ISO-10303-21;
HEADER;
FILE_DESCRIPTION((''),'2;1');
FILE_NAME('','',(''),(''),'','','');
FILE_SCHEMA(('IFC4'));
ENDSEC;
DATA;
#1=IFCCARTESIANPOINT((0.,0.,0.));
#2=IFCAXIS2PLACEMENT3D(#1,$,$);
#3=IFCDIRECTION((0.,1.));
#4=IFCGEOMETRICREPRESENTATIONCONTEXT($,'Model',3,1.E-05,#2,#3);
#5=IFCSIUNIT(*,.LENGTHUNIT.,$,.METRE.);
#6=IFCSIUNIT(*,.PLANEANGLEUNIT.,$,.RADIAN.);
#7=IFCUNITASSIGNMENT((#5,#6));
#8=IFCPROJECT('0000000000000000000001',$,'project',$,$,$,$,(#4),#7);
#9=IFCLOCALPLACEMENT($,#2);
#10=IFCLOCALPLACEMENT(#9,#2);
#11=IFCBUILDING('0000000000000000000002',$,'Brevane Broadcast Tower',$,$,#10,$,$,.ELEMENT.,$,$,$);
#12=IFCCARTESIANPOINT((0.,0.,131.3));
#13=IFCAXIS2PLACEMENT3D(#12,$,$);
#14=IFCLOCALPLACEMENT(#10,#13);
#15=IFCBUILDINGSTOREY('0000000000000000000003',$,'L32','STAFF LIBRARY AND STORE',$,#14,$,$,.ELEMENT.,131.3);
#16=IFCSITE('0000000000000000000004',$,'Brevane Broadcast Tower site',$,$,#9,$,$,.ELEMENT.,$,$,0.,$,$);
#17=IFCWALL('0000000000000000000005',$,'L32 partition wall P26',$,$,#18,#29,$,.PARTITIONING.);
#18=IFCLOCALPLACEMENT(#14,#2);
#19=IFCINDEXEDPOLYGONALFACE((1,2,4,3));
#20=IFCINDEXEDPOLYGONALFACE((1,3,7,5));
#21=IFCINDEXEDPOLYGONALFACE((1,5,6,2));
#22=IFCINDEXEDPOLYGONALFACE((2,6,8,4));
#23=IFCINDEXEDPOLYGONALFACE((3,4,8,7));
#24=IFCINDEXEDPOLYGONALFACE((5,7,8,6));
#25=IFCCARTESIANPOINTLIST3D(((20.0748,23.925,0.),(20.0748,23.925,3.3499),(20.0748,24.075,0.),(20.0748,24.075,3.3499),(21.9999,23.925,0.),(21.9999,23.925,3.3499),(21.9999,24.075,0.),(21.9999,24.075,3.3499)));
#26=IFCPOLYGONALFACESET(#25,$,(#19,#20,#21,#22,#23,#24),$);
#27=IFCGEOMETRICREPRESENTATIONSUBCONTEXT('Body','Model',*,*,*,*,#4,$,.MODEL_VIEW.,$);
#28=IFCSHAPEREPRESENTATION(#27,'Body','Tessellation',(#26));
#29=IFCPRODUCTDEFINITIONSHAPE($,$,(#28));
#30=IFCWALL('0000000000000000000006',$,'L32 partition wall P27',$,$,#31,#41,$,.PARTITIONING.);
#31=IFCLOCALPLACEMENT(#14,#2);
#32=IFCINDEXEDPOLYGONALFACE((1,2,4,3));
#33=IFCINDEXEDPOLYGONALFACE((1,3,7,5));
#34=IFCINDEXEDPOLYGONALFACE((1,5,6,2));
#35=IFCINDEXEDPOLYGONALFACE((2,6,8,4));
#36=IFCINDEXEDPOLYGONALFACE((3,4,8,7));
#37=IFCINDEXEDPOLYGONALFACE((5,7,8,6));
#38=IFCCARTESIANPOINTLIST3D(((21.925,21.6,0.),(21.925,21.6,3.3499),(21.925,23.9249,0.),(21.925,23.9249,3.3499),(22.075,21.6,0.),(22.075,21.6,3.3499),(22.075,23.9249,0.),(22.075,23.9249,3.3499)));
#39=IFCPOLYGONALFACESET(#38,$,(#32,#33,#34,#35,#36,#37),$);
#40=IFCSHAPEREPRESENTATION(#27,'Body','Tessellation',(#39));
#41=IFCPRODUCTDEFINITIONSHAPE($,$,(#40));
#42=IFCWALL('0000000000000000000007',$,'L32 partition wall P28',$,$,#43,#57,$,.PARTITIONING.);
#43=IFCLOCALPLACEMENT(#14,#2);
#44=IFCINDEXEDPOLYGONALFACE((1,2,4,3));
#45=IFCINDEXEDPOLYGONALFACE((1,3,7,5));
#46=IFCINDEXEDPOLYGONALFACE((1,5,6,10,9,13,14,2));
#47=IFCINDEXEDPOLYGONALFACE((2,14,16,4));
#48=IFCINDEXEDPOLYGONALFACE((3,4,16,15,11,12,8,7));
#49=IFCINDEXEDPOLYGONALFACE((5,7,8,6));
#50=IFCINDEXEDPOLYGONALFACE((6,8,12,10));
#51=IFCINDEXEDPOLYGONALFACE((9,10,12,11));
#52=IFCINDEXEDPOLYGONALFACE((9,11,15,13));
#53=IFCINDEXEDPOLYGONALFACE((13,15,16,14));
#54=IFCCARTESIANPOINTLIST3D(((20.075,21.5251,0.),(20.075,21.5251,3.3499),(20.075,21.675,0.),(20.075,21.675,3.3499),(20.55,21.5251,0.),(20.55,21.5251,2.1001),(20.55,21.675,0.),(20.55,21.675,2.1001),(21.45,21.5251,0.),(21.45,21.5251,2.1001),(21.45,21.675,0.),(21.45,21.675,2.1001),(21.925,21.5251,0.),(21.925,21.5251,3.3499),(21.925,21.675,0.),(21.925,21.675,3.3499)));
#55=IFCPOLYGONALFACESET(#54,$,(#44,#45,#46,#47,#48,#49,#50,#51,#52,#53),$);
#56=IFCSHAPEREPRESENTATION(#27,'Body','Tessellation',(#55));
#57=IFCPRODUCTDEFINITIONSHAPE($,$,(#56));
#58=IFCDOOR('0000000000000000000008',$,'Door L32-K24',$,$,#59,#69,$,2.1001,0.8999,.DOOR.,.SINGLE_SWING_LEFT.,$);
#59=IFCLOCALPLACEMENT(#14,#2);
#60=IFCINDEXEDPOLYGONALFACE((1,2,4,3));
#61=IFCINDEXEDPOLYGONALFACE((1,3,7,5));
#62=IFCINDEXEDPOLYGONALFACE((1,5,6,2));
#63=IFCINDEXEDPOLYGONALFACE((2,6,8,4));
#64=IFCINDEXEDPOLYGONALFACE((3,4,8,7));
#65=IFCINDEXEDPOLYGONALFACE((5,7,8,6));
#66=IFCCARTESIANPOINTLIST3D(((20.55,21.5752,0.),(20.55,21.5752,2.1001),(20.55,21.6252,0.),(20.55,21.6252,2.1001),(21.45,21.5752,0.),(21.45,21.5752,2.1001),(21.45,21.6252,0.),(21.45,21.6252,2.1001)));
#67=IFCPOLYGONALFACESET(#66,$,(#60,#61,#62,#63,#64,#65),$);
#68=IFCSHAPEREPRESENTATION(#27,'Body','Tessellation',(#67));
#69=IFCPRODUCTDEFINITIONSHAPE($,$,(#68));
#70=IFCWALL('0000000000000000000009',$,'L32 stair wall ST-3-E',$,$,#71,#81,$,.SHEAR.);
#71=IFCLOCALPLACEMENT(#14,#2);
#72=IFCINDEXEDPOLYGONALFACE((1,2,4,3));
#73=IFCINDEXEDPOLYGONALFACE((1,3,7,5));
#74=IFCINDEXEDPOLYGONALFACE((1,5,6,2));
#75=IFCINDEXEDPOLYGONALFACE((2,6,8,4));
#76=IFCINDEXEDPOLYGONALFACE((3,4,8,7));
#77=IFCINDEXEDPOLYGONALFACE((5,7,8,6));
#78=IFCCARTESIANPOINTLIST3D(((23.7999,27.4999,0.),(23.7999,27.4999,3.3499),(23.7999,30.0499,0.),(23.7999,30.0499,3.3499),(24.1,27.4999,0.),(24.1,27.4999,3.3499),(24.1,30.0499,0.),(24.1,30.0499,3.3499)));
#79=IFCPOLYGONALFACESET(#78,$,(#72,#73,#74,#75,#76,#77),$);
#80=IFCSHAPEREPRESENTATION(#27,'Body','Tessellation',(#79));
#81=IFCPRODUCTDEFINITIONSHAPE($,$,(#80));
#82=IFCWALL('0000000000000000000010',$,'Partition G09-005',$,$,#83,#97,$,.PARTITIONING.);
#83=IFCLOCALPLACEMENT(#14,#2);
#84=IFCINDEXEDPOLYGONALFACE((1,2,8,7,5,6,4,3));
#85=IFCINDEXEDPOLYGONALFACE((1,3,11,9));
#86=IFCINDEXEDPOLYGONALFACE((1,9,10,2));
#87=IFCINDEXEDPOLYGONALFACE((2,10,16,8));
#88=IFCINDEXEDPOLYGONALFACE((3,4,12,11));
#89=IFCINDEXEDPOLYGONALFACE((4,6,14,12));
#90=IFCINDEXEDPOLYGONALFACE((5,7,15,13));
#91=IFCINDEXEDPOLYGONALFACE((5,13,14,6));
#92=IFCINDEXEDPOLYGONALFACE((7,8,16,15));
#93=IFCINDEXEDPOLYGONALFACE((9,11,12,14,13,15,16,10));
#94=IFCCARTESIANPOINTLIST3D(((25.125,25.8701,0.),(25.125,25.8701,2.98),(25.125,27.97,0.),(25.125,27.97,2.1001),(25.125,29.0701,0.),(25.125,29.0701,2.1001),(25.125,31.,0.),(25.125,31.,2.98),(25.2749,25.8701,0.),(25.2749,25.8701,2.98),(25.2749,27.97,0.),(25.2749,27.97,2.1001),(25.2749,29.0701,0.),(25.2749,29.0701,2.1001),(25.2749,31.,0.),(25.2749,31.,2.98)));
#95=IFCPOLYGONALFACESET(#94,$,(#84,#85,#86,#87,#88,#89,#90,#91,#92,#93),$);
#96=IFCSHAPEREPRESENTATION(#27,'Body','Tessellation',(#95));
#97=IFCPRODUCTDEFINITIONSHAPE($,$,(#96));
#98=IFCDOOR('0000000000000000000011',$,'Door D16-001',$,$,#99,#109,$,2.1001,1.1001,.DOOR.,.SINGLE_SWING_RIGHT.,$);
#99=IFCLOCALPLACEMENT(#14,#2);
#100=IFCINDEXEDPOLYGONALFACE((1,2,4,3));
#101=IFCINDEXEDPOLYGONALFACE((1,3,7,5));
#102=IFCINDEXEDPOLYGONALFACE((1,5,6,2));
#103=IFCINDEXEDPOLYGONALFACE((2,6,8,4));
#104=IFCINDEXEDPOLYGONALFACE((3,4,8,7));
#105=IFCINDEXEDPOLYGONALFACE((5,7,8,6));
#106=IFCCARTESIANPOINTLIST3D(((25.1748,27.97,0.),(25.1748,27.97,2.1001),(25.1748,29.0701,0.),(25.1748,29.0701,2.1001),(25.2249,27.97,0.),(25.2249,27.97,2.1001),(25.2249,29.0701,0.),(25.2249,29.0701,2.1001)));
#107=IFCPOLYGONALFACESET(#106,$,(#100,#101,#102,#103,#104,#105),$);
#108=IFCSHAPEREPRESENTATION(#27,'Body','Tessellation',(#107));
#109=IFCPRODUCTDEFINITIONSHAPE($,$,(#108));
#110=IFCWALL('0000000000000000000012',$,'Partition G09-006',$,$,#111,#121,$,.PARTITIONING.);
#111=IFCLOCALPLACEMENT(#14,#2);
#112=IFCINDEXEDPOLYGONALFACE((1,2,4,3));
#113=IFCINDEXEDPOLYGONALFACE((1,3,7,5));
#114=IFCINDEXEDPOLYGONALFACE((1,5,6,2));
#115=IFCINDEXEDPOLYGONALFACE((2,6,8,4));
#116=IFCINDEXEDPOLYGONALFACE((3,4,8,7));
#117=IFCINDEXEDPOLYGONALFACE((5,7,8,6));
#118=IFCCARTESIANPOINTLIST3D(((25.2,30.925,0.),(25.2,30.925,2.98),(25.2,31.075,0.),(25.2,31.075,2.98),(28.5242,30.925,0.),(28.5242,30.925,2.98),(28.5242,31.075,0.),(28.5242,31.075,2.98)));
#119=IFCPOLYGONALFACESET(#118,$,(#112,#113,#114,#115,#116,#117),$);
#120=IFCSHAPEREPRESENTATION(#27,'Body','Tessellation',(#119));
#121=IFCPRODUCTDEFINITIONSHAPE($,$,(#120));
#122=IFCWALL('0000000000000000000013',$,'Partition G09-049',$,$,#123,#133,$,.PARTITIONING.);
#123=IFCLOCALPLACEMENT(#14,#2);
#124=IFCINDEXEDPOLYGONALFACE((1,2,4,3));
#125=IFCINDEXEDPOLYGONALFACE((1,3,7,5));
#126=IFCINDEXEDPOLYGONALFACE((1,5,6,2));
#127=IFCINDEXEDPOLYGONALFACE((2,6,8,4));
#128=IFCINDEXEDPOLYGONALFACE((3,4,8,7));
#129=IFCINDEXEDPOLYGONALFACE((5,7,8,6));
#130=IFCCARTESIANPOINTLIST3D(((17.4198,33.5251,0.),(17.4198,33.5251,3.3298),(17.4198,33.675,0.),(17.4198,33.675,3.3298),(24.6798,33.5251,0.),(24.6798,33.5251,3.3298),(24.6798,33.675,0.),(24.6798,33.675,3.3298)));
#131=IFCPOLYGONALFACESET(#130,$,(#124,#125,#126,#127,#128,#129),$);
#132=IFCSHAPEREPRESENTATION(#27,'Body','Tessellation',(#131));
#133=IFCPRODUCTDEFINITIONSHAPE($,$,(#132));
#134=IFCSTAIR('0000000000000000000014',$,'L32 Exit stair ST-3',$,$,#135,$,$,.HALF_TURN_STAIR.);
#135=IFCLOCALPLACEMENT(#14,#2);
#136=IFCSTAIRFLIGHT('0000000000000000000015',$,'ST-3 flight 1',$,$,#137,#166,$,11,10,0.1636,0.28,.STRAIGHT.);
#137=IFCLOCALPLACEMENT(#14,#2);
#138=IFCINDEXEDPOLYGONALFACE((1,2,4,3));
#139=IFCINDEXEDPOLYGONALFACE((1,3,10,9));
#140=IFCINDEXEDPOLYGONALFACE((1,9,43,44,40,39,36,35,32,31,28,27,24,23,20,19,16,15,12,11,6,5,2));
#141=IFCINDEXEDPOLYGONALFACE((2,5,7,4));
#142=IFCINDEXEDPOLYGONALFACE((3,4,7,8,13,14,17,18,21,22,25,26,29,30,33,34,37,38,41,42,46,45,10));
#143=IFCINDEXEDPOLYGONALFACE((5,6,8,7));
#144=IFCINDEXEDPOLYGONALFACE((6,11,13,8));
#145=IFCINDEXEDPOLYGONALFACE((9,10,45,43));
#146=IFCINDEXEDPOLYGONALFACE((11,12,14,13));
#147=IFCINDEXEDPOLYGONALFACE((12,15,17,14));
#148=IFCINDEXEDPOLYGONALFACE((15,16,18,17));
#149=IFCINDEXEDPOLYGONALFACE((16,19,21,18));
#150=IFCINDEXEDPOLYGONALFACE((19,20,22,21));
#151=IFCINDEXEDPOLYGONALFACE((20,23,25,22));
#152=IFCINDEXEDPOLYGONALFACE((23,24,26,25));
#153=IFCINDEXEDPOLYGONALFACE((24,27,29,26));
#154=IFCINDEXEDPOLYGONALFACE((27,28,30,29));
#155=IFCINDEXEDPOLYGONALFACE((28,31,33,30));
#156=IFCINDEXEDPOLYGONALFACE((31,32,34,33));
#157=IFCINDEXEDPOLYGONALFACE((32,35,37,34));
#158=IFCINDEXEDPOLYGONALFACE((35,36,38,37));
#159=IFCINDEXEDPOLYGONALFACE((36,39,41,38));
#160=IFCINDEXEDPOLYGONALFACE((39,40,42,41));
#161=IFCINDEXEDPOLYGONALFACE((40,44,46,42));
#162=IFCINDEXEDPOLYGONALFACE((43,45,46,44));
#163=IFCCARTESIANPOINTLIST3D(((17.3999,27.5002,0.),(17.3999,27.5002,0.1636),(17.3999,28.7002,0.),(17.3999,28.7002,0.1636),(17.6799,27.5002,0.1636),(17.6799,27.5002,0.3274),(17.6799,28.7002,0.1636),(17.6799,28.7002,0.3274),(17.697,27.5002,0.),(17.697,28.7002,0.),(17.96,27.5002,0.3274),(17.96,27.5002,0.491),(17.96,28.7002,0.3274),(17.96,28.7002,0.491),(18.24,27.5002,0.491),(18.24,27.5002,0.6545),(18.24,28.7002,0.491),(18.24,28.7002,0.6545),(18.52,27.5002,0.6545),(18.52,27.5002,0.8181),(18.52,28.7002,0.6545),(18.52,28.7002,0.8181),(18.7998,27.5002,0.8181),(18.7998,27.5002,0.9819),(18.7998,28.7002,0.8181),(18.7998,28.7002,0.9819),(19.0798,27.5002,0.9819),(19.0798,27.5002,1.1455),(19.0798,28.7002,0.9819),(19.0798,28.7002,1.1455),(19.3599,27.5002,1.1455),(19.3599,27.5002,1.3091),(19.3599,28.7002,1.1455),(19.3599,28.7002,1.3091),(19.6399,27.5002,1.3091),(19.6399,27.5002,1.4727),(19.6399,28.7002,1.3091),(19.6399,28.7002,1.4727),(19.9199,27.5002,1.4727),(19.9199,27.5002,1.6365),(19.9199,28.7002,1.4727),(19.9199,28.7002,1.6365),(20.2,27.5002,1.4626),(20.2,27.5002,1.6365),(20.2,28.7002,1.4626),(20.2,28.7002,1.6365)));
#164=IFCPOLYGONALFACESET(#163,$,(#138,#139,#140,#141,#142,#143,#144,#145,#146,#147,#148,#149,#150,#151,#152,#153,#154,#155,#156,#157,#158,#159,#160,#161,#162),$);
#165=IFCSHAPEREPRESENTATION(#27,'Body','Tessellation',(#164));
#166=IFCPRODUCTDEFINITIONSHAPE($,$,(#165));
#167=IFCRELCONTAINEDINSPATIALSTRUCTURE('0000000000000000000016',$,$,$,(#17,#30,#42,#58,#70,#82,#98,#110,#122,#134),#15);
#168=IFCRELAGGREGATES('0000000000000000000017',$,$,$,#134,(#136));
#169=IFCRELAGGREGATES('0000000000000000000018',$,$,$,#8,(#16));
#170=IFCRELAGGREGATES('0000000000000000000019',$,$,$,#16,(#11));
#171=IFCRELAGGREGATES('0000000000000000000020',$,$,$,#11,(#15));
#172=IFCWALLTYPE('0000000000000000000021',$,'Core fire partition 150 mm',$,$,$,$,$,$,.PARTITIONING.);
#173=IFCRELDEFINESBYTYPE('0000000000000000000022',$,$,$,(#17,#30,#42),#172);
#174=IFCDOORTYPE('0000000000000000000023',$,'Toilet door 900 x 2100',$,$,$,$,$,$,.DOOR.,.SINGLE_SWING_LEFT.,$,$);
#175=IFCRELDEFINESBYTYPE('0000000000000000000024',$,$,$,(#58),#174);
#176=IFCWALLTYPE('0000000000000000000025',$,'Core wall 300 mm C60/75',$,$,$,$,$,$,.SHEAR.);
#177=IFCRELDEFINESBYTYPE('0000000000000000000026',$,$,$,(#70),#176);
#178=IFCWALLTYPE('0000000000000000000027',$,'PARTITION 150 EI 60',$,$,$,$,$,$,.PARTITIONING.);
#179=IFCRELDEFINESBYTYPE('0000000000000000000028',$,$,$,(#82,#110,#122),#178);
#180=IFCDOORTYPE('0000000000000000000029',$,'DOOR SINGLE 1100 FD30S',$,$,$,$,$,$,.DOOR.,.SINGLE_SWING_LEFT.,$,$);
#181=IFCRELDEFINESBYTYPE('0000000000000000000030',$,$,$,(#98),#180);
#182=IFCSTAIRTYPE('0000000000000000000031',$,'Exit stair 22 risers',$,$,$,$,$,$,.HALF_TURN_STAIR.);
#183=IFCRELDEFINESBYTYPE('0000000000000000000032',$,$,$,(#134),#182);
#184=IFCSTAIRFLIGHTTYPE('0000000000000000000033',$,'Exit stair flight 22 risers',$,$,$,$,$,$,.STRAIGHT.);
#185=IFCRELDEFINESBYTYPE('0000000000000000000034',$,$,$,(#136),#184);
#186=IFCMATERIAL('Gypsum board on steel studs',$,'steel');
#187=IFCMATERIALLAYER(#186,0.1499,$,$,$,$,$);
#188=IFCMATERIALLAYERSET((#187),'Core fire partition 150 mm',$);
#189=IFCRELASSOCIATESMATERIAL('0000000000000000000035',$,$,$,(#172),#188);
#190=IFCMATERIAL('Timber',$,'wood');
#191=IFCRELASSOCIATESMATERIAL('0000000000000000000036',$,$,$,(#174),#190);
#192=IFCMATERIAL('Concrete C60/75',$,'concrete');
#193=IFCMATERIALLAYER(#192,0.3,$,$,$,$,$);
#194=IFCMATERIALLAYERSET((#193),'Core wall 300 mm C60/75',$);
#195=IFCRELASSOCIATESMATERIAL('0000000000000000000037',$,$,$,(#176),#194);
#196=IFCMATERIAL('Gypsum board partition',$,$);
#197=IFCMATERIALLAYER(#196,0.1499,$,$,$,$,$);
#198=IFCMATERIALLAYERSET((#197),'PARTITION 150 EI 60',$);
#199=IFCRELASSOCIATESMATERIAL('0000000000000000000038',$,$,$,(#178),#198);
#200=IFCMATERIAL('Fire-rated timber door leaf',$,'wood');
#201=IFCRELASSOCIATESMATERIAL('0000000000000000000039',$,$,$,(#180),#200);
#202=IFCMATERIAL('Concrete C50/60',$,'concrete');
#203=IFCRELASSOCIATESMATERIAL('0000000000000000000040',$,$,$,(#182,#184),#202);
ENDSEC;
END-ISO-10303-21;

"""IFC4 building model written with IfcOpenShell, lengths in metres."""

from ifc_helpers import new_model, si_unit, direction, frame, frame_2d, origin, place, context, subcontext, project, spatial, polyline, rectangle, outline, extrude, material, layer, layer_set, type_object, element, fill, aggregate, save


model = new_model("IFC4")

# Units and contexts
model_context = context("Model", 3, precision=1e-05, world=origin(), true_north=direction((0.0, 1.0)))
body_context = subcontext(model_context, "Body", "Model", "MODEL_VIEW")
ifc_project = project(units=[si_unit("LENGTHUNIT", "METRE"), si_unit("PLANEANGLEUNIT", "RADIAN")], contexts=[model_context])

# Site, building, storey
site_placement = place(None, origin())
site = spatial("IfcSite", under=ifc_project, at=site_placement, Name="Brevane Broadcast Tower site", CompositionType="ELEMENT", RefElevation=0.0)
building_placement = place(site_placement, origin())
building = spatial("IfcBuilding", under=site, at=building_placement, Name="Brevane Broadcast Tower", CompositionType="ELEMENT")
storey_placement = place(building_placement, frame((0.0, 0.0, 131.3)))
storey = spatial("IfcBuildingStorey", under=building, at=storey_placement, Name="L32", Description="STAFF LIBRARY AND STORE", CompositionType="ELEMENT", Elevation=131.3)

# Shared definitions
ifc_material_1 = material(Name="Concrete C60/75", Category="concrete")

# Walls
ifc_material_2 = material(Name="Gypsum board on steel studs", Category="steel")
ifc_layer_1 = layer(ifc_material_2, 0.1499)
ifc_layer_set_1 = layer_set([ifc_layer_1], Name="Core fire partition 150 mm")
wall_type_1 = type_object("IfcWallType", Name="Core fire partition 150 mm", PredefinedType="PARTITIONING", material=ifc_layer_set_1)
wall_1_placement = place(storey_placement, frame((20.075, 24.0, 0.0), z_axis=(0.0, 0.0, 1.0), x_axis=(1.0, 0.0, 0.0)))
element("IfcWall", 1, at=wall_1_placement, inside=storey, type_object=wall_type_1, Name="L32 partition wall P26", PredefinedType="PARTITIONING", context=body_context, shape_type="SweptSolid", body=[
    extrude(rectangle(XDim=1.925, YDim=0.1499, at=frame_2d((0.9624, 0.0))), origin(), (0.0, 0.0, 1.0), 3.3499),
])
wall_2_placement = place(storey_placement, frame((22.0, 23.925, 0.0), z_axis=(0.0, 0.0, 1.0), x_axis=(0.0, -1.0, 0.0)))
element("IfcWall", 2, at=wall_2_placement, inside=storey, type_object=wall_type_1, Name="L32 partition wall P27", PredefinedType="PARTITIONING", context=body_context, shape_type="SweptSolid", body=[
    extrude(rectangle(XDim=2.325, YDim=0.1499, at=frame_2d((1.1626, 0.0))), origin(), (0.0, 0.0, 1.0), 3.3499),
])

# Wall, opening, door
wall_3_placement = place(storey_placement, frame((21.925, 21.6001, 0.0), z_axis=(0.0, 0.0, 1.0), x_axis=(-1.0, 0.0, 0.0)))
wall_3 = element("IfcWall", 3, at=wall_3_placement, inside=storey, type_object=wall_type_1, Name="L32 partition wall P28", PredefinedType="PARTITIONING", context=body_context, shape_type="SweptSolid", body=[
    extrude(rectangle(XDim=1.8501, YDim=0.1499, at=frame_2d((0.925, 0.0))), origin(), (0.0, 0.0, 1.0), 3.3499),
])
opening_1_placement = place(wall_3_placement, frame((0.4751, 0.0, 0.0)))
opening_1 = element("IfcOpeningElement", 4, at=opening_1_placement, cuts=wall_3, PredefinedType="OPENING", context=body_context, shape_type="SweptSolid", body=[
    extrude(rectangle(XDim=0.8999, YDim=2.1001, at=frame_2d((0.45, 1.05))), frame((0.0, 0.085, 0.0), z_axis=(0.0, -1.0, 0.0), x_axis=(1.0, 0.0, 0.0)), (0.0, 0.0, 1.0), 0.1699),
])
ifc_material_3 = material(Name="Timber", Category="wood")
door_type_1 = type_object("IfcDoorType", Name="Toilet door 900 x 2100", OperationType="SINGLE_SWING_LEFT", PredefinedType="DOOR", material=ifc_material_3)
door_1_placement = place(opening_1_placement, origin())
door_1 = element("IfcDoor", 5, at=door_1_placement, inside=storey, type_object=door_type_1, Name="Door L32-K24", OperationType="SINGLE_SWING_LEFT", OverallHeight=2.1001, OverallWidth=0.8999, PredefinedType="DOOR", context=body_context, shape_type="SweptSolid", body=[
    extrude(rectangle(XDim=0.8999, YDim=2.1001, at=frame_2d((0.45, 1.05))), frame((0.0, 0.0249, 0.0), z_axis=(0.0, -1.0, 0.0), x_axis=(1.0, 0.0, 0.0)), (0.0, 0.0, 1.0), 0.05),
])
fill(opening_1, door_1)

# Wall
ifc_layer_2 = layer(ifc_material_1, 0.3)
ifc_layer_set_2 = layer_set([ifc_layer_2], Name="Core wall 300 mm C60/75")
wall_type_2 = type_object("IfcWallType", Name="Core wall 300 mm C60/75", PredefinedType="SHEAR", material=ifc_layer_set_2)
wall_4_placement = place(storey_placement, frame((23.95, 27.5, 0.0), z_axis=(0.0, 0.0, 1.0), x_axis=(0.0, 1.0, 0.0)))
element("IfcWall", 6, at=wall_4_placement, inside=storey, type_object=wall_type_2, Name="L32 stair wall ST-3-E", PredefinedType="SHEAR", context=body_context, shape_type="SweptSolid", body=[
    extrude(rectangle(XDim=2.55, YDim=0.3, at=frame_2d((1.2749, 0.0))), origin(), (0.0, 0.0, 1.0), 3.3499),
])

# Wall, opening, door
ifc_material_4 = material(Name="Gypsum board partition")
ifc_layer_3 = layer(ifc_material_4, 0.1499)
ifc_layer_set_3 = layer_set([ifc_layer_3], Name="PARTITION 150 EI 60")
wall_type_3 = type_object("IfcWallType", Name="PARTITION 150 EI 60", PredefinedType="PARTITIONING", material=ifc_layer_set_3)
wall_5_placement = place(storey_placement, frame((25.2, 31.0, 0.0), z_axis=(0.0, 0.0, 1.0), x_axis=(0.0, -1.0, 0.0)))
wall_5 = element("IfcWall", 7, at=wall_5_placement, inside=storey, type_object=wall_type_3, Name="Partition G09-005", PredefinedType="PARTITIONING", context=body_context, shape_type="SweptSolid", body=[
    extrude(outline(polyline([(0.0, 0.0), (5.1299, 0.0), (5.1299, 2.98), (0.0, 2.98), (0.0, 0.0)])), frame((0.0, 0.075, 0.0), z_axis=(0.0, -1.0, 0.0), x_axis=(1.0, 0.0, 0.0)), (0.0, 0.0, 1.0), 0.1499),
])
opening_2_placement = place(wall_5_placement, frame((1.9299, 0.0, 0.0)))
opening_2 = element("IfcOpeningElement", 8, at=opening_2_placement, cuts=wall_5, PredefinedType="OPENING", context=body_context, shape_type="SweptSolid", body=[
    extrude(rectangle(XDim=1.1001, YDim=2.1001, at=frame_2d((0.55, 1.05))), frame((0.0, 0.085, 0.0), z_axis=(0.0, -1.0, 0.0), x_axis=(1.0, 0.0, 0.0)), (0.0, 0.0, 1.0), 0.1699),
])
ifc_material_5 = material(Name="Fire-rated timber door leaf", Category="wood")
door_type_2 = type_object("IfcDoorType", Name="DOOR SINGLE 1100 FD30S", OperationType="SINGLE_SWING_LEFT", PredefinedType="DOOR", material=ifc_material_5)
door_2_placement = place(opening_2_placement, origin())
door_2 = element("IfcDoor", 9, at=door_2_placement, inside=storey, type_object=door_type_2, Name="Door D16-001", OperationType="SINGLE_SWING_RIGHT", OverallHeight=2.1001, OverallWidth=1.1001, PredefinedType="DOOR", context=body_context, shape_type="SweptSolid", body=[
    extrude(rectangle(XDim=1.1001, YDim=2.1001, at=frame_2d((0.55, 1.05))), frame((0.0, 0.0249, 0.0), z_axis=(0.0, -1.0, 0.0), x_axis=(1.0, 0.0, 0.0)), (0.0, 0.0, 1.0), 0.05),
])
fill(opening_2, door_2)

# Walls
wall_6_placement = place(storey_placement, frame((25.2, 31.0, 0.0), z_axis=(0.0, 0.0, 1.0), x_axis=(1.0, 0.0, 0.0)))
element("IfcWall", 10, at=wall_6_placement, inside=storey, type_object=wall_type_3, Name="Partition G09-006", PredefinedType="PARTITIONING", context=body_context, shape_type="SweptSolid", body=[
    extrude(rectangle(XDim=3.3242, YDim=0.1499, at=frame_2d((1.6621, 0.0))), origin(), (0.0, 0.0, 1.0), 2.98),
])
wall_7_placement = place(storey_placement, frame((17.4199, 33.6001, 0.0), z_axis=(0.0, 0.0, 1.0), x_axis=(1.0, 0.0, 0.0)))
element("IfcWall", 11, at=wall_7_placement, inside=storey, type_object=wall_type_3, Name="Partition G09-049", PredefinedType="PARTITIONING", context=body_context, shape_type="SweptSolid", body=[
    extrude(rectangle(XDim=7.26, YDim=0.1499, at=frame_2d((3.6299, 0.0))), origin(), (0.0, 0.0, 1.0), 3.3298),
])

# Stair, stair flight
ifc_material_6 = material(Name="Concrete C50/60", Category="concrete")
stair_type = type_object("IfcStairType", Name="Exit stair 22 risers", PredefinedType="HALF_TURN_STAIR", material=ifc_material_6)
stair_placement = place(storey_placement, origin())
stair = element("IfcStair", 12, at=stair_placement, inside=storey, type_object=stair_type, Name="L32 Exit stair ST-3", PredefinedType="HALF_TURN_STAIR")
stair_flight_type = type_object("IfcStairFlightType", Name="Exit stair flight 22 risers", PredefinedType="STRAIGHT", material=ifc_material_6)
stair_flight_1_placement = place(storey_placement, frame((17.3999, 28.1001, 0.0), z_axis=(0.0, 0.0, 1.0), x_axis=(1.0, 0.0, 0.0)))
stair_flight_1 = element("IfcStairFlight", 13, at=stair_flight_1_placement, type_object=stair_flight_type, Name="ST-3 flight 1", NumberOfRisers=11, NumberOfTreads=10, PredefinedType="STRAIGHT", RiserHeight=0.1636, TreadLength=0.28, context=body_context, shape_type="SweptSolid", body=[
    extrude(outline(polyline([(0.0, 0.0), (0.0, 0.1636), (0.28, 0.1636), (0.28, 0.3274), (0.5601, 0.3274), (0.5601, 0.491), (0.8401, 0.491), (0.8401, 0.6545), (1.1201, 0.6545), (1.1201, 0.8181), (1.3999, 0.8181), (1.3999, 0.9819), (1.6799, 0.9819), (1.6799, 1.1455), (1.96, 1.1455), (1.96, 1.3091), (2.24, 1.3091), (2.24, 1.4727), (2.52, 1.4727), (2.52, 1.6365), (2.8, 1.6365), (2.8, 1.8), (2.8, 1.4626), (0.2971, 0.0), (0.0, 0.0)])), frame((0.0, 0.6001, 0.0), z_axis=(0.0, -1.0, 0.0), x_axis=(1.0, 0.0, 0.0)), (0.0, 0.0, 1.0), 1.2),
])
aggregate(stair, [stair_flight_1])

save(model, "model.ifc")
